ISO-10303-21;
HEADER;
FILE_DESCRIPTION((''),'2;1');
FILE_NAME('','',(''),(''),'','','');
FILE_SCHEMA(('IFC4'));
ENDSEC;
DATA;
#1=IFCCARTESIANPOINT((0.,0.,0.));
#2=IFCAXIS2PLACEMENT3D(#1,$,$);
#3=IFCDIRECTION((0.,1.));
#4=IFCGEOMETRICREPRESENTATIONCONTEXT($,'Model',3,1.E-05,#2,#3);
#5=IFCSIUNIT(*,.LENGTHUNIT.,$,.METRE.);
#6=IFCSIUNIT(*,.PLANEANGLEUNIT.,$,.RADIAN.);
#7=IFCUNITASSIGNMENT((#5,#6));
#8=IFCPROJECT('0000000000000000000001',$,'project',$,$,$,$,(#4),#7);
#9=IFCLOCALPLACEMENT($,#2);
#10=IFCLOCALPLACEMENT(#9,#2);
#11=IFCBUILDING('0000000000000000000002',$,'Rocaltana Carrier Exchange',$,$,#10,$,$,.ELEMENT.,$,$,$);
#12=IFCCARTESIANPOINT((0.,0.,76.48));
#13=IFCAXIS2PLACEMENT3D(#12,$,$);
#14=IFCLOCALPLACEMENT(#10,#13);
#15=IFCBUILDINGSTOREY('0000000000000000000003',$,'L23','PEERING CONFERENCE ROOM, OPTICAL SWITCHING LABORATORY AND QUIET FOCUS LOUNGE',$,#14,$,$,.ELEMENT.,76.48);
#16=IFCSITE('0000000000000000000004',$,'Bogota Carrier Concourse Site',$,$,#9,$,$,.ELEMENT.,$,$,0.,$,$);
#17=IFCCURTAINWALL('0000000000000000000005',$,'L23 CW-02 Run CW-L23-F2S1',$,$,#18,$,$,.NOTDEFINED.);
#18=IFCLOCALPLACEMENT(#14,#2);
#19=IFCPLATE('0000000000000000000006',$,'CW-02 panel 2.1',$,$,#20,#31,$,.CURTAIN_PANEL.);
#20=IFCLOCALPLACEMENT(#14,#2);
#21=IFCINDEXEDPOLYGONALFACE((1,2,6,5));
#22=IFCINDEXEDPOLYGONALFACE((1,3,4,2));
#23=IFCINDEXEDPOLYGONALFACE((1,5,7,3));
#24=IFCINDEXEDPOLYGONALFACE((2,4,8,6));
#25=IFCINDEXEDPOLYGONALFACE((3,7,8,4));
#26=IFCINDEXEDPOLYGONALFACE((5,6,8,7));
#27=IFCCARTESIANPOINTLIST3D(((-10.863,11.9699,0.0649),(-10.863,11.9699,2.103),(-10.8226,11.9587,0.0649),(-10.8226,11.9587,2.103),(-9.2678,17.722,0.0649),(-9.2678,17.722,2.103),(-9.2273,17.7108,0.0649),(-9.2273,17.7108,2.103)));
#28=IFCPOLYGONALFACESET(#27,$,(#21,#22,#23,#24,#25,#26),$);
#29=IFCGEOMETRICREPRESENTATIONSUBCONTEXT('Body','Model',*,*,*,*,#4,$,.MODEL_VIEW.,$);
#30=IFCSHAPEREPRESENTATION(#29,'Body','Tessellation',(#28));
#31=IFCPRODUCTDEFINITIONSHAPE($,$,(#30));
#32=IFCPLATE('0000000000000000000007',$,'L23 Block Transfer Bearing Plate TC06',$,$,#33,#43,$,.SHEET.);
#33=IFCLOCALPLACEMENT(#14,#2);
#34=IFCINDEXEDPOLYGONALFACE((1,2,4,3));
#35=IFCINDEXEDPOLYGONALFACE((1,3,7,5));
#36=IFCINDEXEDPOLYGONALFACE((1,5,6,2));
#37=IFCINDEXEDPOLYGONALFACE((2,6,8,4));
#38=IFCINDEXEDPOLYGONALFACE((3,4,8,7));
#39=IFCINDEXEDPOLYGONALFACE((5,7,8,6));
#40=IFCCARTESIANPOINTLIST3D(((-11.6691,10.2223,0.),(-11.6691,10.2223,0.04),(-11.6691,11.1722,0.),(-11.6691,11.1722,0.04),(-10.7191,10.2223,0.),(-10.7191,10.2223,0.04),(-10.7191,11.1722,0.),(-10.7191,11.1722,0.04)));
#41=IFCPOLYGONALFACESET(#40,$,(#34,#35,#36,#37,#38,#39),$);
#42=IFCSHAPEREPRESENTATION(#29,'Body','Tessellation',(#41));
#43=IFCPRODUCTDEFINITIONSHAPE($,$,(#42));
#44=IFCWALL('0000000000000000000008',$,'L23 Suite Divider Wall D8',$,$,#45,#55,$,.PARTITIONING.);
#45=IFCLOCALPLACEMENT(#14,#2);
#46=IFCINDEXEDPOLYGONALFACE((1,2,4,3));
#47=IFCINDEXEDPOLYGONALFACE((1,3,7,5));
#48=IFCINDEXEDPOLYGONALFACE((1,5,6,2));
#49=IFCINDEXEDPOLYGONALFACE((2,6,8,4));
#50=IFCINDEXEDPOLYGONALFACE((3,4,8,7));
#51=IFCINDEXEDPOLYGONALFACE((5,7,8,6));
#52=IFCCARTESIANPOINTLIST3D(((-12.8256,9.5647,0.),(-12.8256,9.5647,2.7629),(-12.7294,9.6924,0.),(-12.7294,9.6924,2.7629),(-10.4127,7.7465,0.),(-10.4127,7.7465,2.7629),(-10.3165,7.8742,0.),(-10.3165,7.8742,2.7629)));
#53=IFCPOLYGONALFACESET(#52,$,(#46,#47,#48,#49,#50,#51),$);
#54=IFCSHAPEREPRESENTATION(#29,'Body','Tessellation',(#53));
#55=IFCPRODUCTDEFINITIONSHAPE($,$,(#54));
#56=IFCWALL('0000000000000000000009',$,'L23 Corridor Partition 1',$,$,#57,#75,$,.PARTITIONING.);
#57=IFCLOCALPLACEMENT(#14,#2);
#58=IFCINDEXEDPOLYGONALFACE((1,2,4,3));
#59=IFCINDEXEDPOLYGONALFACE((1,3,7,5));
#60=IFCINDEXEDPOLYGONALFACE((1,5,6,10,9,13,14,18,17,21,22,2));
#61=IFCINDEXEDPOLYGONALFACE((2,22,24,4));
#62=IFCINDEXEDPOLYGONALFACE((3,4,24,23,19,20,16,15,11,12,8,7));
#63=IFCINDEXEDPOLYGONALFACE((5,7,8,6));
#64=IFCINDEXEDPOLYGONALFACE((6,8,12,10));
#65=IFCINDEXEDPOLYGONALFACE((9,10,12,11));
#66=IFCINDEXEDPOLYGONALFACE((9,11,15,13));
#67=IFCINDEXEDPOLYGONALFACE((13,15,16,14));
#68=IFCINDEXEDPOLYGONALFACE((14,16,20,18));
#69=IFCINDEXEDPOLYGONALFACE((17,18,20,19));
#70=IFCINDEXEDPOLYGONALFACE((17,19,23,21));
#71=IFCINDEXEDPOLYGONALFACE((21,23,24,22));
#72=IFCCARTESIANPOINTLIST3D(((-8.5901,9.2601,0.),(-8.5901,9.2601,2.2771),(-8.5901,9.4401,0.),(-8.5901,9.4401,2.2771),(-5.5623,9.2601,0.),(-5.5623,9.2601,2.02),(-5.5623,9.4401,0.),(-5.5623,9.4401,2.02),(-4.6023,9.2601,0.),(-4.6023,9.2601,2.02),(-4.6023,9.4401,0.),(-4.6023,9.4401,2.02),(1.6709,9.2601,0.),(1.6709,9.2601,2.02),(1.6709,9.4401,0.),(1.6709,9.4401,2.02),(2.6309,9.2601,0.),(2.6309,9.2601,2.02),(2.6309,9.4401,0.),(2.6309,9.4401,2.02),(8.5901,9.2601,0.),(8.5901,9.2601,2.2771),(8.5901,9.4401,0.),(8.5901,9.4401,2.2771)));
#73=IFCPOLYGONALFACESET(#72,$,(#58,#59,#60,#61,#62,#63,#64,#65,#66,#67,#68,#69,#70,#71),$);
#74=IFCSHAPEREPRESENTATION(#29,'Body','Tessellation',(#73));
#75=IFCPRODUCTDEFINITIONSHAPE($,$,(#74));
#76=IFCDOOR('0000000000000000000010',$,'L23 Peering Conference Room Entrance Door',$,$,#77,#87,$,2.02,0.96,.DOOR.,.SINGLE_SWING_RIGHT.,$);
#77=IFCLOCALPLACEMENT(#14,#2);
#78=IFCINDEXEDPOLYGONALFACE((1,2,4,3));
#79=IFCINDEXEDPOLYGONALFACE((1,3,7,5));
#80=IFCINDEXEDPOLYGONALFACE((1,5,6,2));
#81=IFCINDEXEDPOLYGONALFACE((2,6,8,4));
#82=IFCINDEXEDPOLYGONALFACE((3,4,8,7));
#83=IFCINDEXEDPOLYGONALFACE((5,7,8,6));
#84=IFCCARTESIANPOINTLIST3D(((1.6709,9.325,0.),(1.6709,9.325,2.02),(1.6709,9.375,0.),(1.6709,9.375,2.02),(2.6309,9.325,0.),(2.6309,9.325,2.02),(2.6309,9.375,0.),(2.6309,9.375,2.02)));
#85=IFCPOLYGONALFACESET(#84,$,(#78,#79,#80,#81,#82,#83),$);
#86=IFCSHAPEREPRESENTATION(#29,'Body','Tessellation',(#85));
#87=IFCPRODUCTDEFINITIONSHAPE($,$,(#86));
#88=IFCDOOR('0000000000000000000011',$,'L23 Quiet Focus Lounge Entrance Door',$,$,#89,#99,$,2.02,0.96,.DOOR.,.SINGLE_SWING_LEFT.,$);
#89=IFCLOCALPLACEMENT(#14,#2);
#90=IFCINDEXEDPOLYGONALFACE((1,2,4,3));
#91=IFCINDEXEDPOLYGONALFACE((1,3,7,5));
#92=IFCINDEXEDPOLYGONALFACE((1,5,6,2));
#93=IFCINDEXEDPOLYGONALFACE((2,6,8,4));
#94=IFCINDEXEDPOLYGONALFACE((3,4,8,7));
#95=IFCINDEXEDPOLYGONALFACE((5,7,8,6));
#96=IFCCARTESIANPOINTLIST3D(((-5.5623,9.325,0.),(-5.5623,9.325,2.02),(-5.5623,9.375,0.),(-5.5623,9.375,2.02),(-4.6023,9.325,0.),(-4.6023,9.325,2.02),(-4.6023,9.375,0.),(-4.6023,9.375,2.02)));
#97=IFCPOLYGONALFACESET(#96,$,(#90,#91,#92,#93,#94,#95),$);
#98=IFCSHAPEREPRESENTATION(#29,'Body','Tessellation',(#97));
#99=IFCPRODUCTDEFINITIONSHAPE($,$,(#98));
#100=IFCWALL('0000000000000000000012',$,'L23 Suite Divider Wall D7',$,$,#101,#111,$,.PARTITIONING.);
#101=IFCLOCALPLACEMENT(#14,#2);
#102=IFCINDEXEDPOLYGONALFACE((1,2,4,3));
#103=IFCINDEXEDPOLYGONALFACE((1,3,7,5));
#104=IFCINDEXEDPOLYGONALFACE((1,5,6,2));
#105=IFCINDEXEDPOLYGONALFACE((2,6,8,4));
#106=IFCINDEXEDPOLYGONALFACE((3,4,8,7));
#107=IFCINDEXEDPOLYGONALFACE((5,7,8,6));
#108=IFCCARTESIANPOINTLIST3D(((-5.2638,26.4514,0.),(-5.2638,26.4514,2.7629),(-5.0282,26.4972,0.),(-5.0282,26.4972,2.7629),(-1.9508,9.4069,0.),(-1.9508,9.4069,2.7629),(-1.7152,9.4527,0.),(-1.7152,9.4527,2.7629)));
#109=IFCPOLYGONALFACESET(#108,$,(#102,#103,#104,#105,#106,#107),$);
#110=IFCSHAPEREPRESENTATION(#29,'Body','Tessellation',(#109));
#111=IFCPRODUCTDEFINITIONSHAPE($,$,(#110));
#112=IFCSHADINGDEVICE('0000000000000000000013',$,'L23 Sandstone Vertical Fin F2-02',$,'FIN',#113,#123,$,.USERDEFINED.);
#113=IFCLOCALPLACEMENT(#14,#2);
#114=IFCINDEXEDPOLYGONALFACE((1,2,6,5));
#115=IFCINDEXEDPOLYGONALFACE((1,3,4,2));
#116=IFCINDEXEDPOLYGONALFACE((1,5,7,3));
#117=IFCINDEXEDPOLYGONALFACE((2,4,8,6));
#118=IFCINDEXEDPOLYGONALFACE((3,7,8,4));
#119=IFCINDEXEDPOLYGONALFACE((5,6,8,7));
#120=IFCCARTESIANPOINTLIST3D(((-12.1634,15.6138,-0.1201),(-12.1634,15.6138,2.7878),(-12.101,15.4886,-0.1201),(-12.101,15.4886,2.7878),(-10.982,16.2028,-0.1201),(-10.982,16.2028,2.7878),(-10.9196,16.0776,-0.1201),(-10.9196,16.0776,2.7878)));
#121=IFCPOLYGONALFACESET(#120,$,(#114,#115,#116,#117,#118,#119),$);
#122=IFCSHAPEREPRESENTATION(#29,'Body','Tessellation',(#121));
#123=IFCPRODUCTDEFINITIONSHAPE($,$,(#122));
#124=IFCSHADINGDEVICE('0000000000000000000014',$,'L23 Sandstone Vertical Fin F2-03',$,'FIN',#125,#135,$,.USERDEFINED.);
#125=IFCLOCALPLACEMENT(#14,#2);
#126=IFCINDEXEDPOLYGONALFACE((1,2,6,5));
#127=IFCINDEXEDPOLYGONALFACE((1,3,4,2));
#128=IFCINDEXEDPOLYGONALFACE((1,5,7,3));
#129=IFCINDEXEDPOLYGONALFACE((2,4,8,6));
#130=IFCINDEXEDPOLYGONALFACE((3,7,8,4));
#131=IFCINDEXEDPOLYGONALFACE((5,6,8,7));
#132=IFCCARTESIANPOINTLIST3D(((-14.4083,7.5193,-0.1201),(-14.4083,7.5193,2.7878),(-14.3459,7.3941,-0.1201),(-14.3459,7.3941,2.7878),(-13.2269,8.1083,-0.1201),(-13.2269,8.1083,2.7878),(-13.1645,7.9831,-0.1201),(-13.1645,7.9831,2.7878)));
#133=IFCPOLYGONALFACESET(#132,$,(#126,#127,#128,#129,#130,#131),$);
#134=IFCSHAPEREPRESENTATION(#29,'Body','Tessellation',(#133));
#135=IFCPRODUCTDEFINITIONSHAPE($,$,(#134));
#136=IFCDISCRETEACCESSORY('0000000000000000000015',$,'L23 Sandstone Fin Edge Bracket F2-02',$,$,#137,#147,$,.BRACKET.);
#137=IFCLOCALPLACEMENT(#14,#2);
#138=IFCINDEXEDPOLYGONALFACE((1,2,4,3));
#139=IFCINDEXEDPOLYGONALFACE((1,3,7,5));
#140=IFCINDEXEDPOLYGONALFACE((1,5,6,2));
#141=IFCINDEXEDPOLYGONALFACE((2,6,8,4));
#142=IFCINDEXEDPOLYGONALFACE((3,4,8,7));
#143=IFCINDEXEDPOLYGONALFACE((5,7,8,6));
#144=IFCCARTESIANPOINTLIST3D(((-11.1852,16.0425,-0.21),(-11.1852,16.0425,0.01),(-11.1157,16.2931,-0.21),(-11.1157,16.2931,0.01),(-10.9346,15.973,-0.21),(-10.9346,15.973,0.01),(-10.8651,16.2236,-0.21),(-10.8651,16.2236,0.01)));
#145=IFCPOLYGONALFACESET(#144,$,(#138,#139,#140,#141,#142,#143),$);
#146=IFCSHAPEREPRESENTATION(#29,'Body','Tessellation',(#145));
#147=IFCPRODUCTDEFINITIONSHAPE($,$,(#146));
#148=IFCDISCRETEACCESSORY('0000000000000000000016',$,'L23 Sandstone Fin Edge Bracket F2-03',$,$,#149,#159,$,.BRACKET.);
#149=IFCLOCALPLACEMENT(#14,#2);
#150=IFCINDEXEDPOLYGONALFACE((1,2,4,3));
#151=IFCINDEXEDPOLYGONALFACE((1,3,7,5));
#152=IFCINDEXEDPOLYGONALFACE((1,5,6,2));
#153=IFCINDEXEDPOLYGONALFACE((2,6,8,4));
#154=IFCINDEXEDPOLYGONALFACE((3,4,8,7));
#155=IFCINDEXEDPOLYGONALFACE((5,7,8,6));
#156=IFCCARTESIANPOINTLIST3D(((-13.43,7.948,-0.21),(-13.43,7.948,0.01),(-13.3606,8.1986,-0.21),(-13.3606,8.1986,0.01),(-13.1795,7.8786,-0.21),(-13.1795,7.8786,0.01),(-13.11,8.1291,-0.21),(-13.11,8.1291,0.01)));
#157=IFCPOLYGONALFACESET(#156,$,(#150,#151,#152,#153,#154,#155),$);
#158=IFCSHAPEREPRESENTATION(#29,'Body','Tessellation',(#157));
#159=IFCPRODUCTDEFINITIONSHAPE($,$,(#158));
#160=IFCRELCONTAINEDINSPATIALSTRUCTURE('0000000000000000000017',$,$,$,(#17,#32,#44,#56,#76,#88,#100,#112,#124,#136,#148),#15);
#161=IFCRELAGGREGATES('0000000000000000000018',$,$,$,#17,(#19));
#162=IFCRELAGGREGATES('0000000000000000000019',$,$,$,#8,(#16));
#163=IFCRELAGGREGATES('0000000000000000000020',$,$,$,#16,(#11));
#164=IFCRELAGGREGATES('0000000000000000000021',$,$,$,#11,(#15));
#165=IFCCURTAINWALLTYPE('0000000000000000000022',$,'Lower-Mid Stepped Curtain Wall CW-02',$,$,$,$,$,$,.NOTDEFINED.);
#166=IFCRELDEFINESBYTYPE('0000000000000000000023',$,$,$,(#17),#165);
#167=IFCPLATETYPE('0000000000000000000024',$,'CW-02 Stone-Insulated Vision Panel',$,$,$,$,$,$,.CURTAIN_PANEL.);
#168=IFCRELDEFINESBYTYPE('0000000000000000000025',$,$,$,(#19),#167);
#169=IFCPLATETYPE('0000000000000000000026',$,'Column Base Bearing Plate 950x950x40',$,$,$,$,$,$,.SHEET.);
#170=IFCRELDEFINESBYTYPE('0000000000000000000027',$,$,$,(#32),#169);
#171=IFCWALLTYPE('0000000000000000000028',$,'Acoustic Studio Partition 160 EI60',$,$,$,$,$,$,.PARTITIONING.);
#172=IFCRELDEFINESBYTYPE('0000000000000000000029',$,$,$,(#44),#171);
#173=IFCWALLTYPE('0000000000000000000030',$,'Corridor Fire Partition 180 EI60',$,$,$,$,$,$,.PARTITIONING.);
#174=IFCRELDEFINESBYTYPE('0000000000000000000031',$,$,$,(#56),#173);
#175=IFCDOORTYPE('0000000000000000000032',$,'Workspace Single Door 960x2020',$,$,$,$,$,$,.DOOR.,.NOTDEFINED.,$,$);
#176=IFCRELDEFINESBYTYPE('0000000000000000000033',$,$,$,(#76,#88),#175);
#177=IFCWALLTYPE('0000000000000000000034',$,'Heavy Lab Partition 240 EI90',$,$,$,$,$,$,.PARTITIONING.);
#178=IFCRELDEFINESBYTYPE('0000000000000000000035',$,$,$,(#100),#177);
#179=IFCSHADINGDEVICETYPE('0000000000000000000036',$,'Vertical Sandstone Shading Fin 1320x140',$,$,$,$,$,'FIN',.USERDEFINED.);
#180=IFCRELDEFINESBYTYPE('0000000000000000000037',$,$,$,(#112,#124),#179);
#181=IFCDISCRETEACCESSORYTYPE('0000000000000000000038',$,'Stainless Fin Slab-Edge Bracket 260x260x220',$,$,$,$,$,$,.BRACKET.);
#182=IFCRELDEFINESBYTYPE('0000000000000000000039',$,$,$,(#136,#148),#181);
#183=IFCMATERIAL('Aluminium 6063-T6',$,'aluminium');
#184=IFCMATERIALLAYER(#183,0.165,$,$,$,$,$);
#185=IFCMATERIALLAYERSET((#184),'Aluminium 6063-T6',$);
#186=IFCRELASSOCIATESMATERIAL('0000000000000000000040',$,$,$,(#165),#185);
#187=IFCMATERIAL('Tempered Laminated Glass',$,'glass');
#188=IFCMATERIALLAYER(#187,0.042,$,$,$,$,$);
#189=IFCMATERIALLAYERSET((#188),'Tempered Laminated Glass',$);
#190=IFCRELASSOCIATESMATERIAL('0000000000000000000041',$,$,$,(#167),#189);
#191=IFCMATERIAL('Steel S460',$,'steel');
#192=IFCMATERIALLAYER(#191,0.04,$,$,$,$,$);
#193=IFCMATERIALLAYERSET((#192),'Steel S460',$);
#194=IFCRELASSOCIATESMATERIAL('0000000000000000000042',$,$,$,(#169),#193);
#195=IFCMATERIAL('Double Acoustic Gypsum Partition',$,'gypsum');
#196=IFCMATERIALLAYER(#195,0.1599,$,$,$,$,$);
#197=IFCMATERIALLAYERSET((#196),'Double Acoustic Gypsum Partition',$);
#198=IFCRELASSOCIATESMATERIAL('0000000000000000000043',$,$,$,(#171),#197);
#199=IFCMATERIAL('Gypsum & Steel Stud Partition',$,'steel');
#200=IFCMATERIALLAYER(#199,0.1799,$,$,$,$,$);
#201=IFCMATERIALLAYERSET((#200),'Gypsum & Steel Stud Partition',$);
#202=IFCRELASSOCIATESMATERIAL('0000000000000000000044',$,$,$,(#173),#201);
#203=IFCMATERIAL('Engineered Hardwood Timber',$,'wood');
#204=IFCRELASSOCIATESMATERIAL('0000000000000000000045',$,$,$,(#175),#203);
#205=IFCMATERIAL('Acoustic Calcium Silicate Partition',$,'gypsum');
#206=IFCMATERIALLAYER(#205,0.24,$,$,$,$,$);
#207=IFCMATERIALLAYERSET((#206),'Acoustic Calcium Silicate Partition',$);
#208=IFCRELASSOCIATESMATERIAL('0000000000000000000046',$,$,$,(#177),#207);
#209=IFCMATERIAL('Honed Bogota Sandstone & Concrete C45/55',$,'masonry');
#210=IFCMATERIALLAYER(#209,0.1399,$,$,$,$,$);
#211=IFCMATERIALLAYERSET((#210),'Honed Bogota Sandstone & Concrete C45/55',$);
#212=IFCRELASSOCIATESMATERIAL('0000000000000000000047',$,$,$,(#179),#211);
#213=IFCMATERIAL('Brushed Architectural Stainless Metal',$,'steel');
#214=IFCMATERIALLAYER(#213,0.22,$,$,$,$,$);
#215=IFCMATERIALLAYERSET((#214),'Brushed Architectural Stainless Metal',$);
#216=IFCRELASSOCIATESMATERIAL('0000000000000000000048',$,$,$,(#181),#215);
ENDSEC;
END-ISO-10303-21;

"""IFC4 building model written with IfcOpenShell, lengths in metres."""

from ifc_helpers import new_model, si_unit, direction, frame, frame_2d, origin, origin_2d, place, context, subcontext, project, spatial, rectangle, extrude, material, layer, layer_set, type_object, element, fill, aggregate, save


model = new_model("IFC4")

# Units and contexts
model_context = context("Model", 3, precision=1e-05, world=origin(), true_north=direction((0.0, 1.0)))
body_context = subcontext(model_context, "Body", "Model", "MODEL_VIEW")
ifc_project = project(units=[si_unit("LENGTHUNIT", "METRE"), si_unit("PLANEANGLEUNIT", "RADIAN")], contexts=[model_context])

# Site, building, storey
site_placement = place(None, origin())
site = spatial("IfcSite", under=ifc_project, at=site_placement, Name="Bogota Carrier Concourse Site", CompositionType="ELEMENT", RefElevation=0.0)
building_placement = place(site_placement, origin())
building = spatial("IfcBuilding", under=site, at=building_placement, Name="Rocaltana Carrier Exchange", CompositionType="ELEMENT")
storey_placement = place(building_placement, frame((0.0, 0.0, 76.48)))
storey = spatial("IfcBuildingStorey", under=building, at=storey_placement, Name="L23", Description="PEERING CONFERENCE ROOM, OPTICAL SWITCHING LABORATORY AND QUIET FOCUS LOUNGE", CompositionType="ELEMENT", Elevation=76.48)

# Curtain wall
ifc_material_1 = material(Name="Aluminium 6063-T6", Category="aluminium")
ifc_layer_1 = layer(ifc_material_1, 0.165)
ifc_layer_set_1 = layer_set([ifc_layer_1], Name="Aluminium 6063-T6")
curtain_wall_type = type_object("IfcCurtainWallType", Name="Lower-Mid Stepped Curtain Wall CW-02", PredefinedType="NOTDEFINED", material=ifc_layer_set_1)
curtain_wall_1_placement = place(storey_placement, origin())
curtain_wall_1 = element("IfcCurtainWall", 1, at=curtain_wall_1_placement, inside=storey, type_object=curtain_wall_type, Name="L23 CW-02 Run CW-L23-F2S1", PredefinedType="NOTDEFINED")

# Plates
ifc_material_2 = material(Name="Tempered Laminated Glass", Category="glass")
ifc_layer_2 = layer(ifc_material_2, 0.042)
ifc_layer_set_2 = layer_set([ifc_layer_2], Name="Tempered Laminated Glass")
plate_type_1 = type_object("IfcPlateType", Name="CW-02 Stone-Insulated Vision Panel", PredefinedType="CURTAIN_PANEL", material=ifc_layer_set_2)
plate_1_placement = place(storey_placement, frame((-10.0452, 14.8403, 0.0649), z_axis=(0.0, 0.0, 1.0), x_axis=(-0.267246, -0.963628, 0.0)))
plate_1 = element("IfcPlate", 2, at=plate_1_placement, type_object=plate_type_1, Name="CW-02 panel 2.1", PredefinedType="CURTAIN_PANEL", context=body_context, shape_type="SweptSolid", body=[
    extrude(rectangle(XDim=5.9692, YDim=0.042, at=origin_2d()), origin(), (0.0, 0.0, 1.0), 2.0381),
])
aggregate(curtain_wall_1, [plate_1])
ifc_material_3 = material(Name="Steel S460", Category="steel")
ifc_layer_3 = layer(ifc_material_3, 0.04)
ifc_layer_set_3 = layer_set([ifc_layer_3], Name="Steel S460")
plate_type_2 = type_object("IfcPlateType", Name="Column Base Bearing Plate 950x950x40", PredefinedType="SHEET", material=ifc_layer_set_3)
plate_2_placement = place(storey_placement, frame((-11.1941, 10.6973, 0.0), z_axis=(0.0, 0.0, 1.0), x_axis=(1.0, 0.0, 0.0)))
element("IfcPlate", 3, at=plate_2_placement, inside=storey, type_object=plate_type_2, Name="L23 Block Transfer Bearing Plate TC06", PredefinedType="SHEET", context=body_context, shape_type="SweptSolid", body=[
    extrude(rectangle(XDim=0.95, YDim=0.95, at=origin_2d()), origin(), (0.0, 0.0, 1.0), 0.04),
])

# Wall
ifc_material_4 = material(Name="Double Acoustic Gypsum Partition", Category="gypsum")
ifc_layer_4 = layer(ifc_material_4, 0.1599)
ifc_layer_set_4 = layer_set([ifc_layer_4], Name="Double Acoustic Gypsum Partition")
wall_type_1 = type_object("IfcWallType", Name="Acoustic Studio Partition 160 EI60", PredefinedType="PARTITIONING", material=ifc_layer_set_4)
wall_1_placement = place(storey_placement, frame((-10.3645, 7.8103, 0.0), z_axis=(0.0, 0.0, 1.0), x_axis=(-0.79865, 0.601796, 0.0)))
element("IfcWall", 4, at=wall_1_placement, inside=storey, type_object=wall_type_1, Name="L23 Suite Divider Wall D8", PredefinedType="PARTITIONING", context=body_context, shape_type="SweptSolid", body=[
    extrude(rectangle(XDim=3.0212, YDim=0.1599, at=frame_2d((1.5107, 0.0))), origin(), (0.0, 0.0, 1.0), 2.7629),
])

# Wall, openings, doors
ifc_material_5 = material(Name="Gypsum & Steel Stud Partition", Category="steel")
ifc_layer_5 = layer(ifc_material_5, 0.1799)
ifc_layer_set_5 = layer_set([ifc_layer_5], Name="Gypsum & Steel Stud Partition")
wall_type_2 = type_object("IfcWallType", Name="Corridor Fire Partition 180 EI60", PredefinedType="PARTITIONING", material=ifc_layer_set_5)
wall_2_placement = place(storey_placement, frame((-8.5901, 9.3501, 0.0), z_axis=(0.0, 0.0, 1.0), x_axis=(1.0, 0.0, 0.0)))
wall_2 = element("IfcWall", 5, at=wall_2_placement, inside=storey, type_object=wall_type_2, Name="L23 Corridor Partition 1", PredefinedType="PARTITIONING", context=body_context, shape_type="SweptSolid", body=[
    extrude(rectangle(XDim=17.1802, YDim=0.1799, at=frame_2d((8.5901, 0.0))), origin(), (0.0, 0.0, 1.0), 2.2771),
])
opening_1_placement = place(wall_2_placement, frame((10.261, 0.0, 0.0)))
opening_1 = element("IfcOpeningElement", 6, at=opening_1_placement, cuts=wall_2, PredefinedType="OPENING", context=body_context, shape_type="SweptSolid", body=[
    extrude(rectangle(XDim=0.96, YDim=2.02, at=frame_2d((0.48, 1.01))), frame((0.0, 0.0999, 0.0), z_axis=(0.0, -1.0, 0.0), x_axis=(1.0, 0.0, 0.0)), (0.0, 0.0, 1.0), 0.2),
])
opening_2_placement = place(wall_2_placement, frame((3.0278, 0.0, 0.0)))
opening_2 = element("IfcOpeningElement", 7, at=opening_2_placement, cuts=wall_2, PredefinedType="OPENING", context=body_context, shape_type="SweptSolid", body=[
    extrude(rectangle(XDim=0.96, YDim=2.02, at=frame_2d((0.48, 1.01))), frame((0.0, 0.0999, 0.0), z_axis=(0.0, -1.0, 0.0), x_axis=(1.0, 0.0, 0.0)), (0.0, 0.0, 1.0), 0.2),
])
ifc_material_6 = material(Name="Engineered Hardwood Timber", Category="wood")
door_type = type_object("IfcDoorType", Name="Workspace Single Door 960x2020", OperationType="NOTDEFINED", PredefinedType="DOOR", material=ifc_material_6)
door_1_placement = place(opening_1_placement, origin())
door_1 = element("IfcDoor", 8, at=door_1_placement, inside=storey, type_object=door_type, Name="L23 Peering Conference Room Entrance Door", OperationType="SINGLE_SWING_RIGHT", OverallHeight=2.02, OverallWidth=0.96, PredefinedType="DOOR", context=body_context, shape_type="SweptSolid", body=[
    extrude(rectangle(XDim=0.96, YDim=2.02, at=frame_2d((0.48, 1.01))), frame((0.0, 0.0249, 0.0), z_axis=(0.0, -1.0, 0.0), x_axis=(1.0, 0.0, 0.0)), (0.0, 0.0, 1.0), 0.05),
])
fill(opening_1, door_1)
door_2_placement = place(opening_2_placement, origin())
door_2 = element("IfcDoor", 9, at=door_2_placement, inside=storey, type_object=door_type, Name="L23 Quiet Focus Lounge Entrance Door", OperationType="SINGLE_SWING_LEFT", OverallHeight=2.02, OverallWidth=0.96, PredefinedType="DOOR", context=body_context, shape_type="SweptSolid", body=[
    extrude(rectangle(XDim=0.96, YDim=2.02, at=frame_2d((0.48, 1.01))), frame((0.0, 0.0249, 0.0), z_axis=(0.0, -1.0, 0.0), x_axis=(1.0, 0.0, 0.0)), (0.0, 0.0, 1.0), 0.05),
])
fill(opening_2, door_2)

# Wall
ifc_material_7 = material(Name="Acoustic Calcium Silicate Partition", Category="gypsum")
ifc_layer_6 = layer(ifc_material_7, 0.24)
ifc_layer_set_6 = layer_set([ifc_layer_6], Name="Acoustic Calcium Silicate Partition")
wall_type_3 = type_object("IfcWallType", Name="Heavy Lab Partition 240 EI90", PredefinedType="PARTITIONING", material=ifc_layer_set_6)
wall_3_placement = place(storey_placement, frame((-1.833, 9.4299, 0.0), z_axis=(0.0, 0.0, 1.0), x_axis=(-0.190803, 0.981628, 0.0)))
element("IfcWall", 10, at=wall_3_placement, inside=storey, type_object=wall_type_3, Name="L23 Suite Divider Wall D7", PredefinedType="PARTITIONING", context=body_context, shape_type="SweptSolid", body=[
    extrude(rectangle(XDim=17.3635, YDim=0.24, at=frame_2d((8.6816, 0.0))), origin(), (0.0, 0.0, 1.0), 2.7629),
])

# Shading devices
ifc_material_8 = material(Name="Honed Bogota Sandstone & Concrete C45/55", Category="masonry")
ifc_layer_7 = layer(ifc_material_8, 0.1399)
ifc_layer_set_7 = layer_set([ifc_layer_7], Name="Honed Bogota Sandstone & Concrete C45/55")
shading_device_type = type_object("IfcShadingDeviceType", Name="Vertical Sandstone Shading Fin 1320x140", ElementType="FIN", PredefinedType="USERDEFINED", material=ifc_layer_set_7)
for number, where, z_axis, x_axis, name in (
    (11, (-11.5415, 15.8457, -0.1201), (0.0, 0.0, 1.0), (-0.894934, -0.446198, 0.0), "L23 Sandstone Vertical Fin F2-02"),
    (12, (-13.7864, 7.7512, -0.1201), (0.0, 0.0, 1.0), (-0.894934, -0.446198, 0.0), "L23 Sandstone Vertical Fin F2-03"),
):
    element("IfcShadingDevice", number, at=place(storey_placement, frame(where, z_axis=z_axis, x_axis=x_axis)), inside=storey, type_object=shading_device_type, Name=name, ObjectType="FIN", PredefinedType="USERDEFINED", context=body_context, shape_type="SweptSolid", body=[
        extrude(rectangle(XDim=1.3201, YDim=0.1399, at=origin_2d()), origin(), (0.0, 0.0, 1.0), 2.908),
    ])

# Discrete accessories
ifc_material_9 = material(Name="Brushed Architectural Stainless Metal", Category="steel")
ifc_layer_8 = layer(ifc_material_9, 0.22)
ifc_layer_set_8 = layer_set([ifc_layer_8], Name="Brushed Architectural Stainless Metal")
discrete_accessory_type = type_object("IfcDiscreteAccessoryType", Name="Stainless Fin Slab-Edge Bracket 260x260x220", PredefinedType="BRACKET", material=ifc_layer_set_8)
for number, where, z_axis, x_axis, name in (
    (13, (-11.0251, 16.1331, -0.21), (0.0, 0.0, 1.0), (-0.267238, -0.96363, 0.0), "L23 Sandstone Fin Edge Bracket F2-02"),
    (14, (-13.27, 8.0386, -0.21), (0.0, 0.0, 1.0), (-0.267238, -0.96363, 0.0), "L23 Sandstone Fin Edge Bracket F2-03"),
):
    element("IfcDiscreteAccessory", number, at=place(storey_placement, frame(where, z_axis=z_axis, x_axis=x_axis)), inside=storey, type_object=discrete_accessory_type, Name=name, PredefinedType="BRACKET", context=body_context, shape_type="SweptSolid", body=[
        extrude(rectangle(XDim=0.26, YDim=0.26, at=origin_2d()), origin(), (0.0, 0.0, 1.0), 0.22),
    ])

save(model, "model.ifc")
